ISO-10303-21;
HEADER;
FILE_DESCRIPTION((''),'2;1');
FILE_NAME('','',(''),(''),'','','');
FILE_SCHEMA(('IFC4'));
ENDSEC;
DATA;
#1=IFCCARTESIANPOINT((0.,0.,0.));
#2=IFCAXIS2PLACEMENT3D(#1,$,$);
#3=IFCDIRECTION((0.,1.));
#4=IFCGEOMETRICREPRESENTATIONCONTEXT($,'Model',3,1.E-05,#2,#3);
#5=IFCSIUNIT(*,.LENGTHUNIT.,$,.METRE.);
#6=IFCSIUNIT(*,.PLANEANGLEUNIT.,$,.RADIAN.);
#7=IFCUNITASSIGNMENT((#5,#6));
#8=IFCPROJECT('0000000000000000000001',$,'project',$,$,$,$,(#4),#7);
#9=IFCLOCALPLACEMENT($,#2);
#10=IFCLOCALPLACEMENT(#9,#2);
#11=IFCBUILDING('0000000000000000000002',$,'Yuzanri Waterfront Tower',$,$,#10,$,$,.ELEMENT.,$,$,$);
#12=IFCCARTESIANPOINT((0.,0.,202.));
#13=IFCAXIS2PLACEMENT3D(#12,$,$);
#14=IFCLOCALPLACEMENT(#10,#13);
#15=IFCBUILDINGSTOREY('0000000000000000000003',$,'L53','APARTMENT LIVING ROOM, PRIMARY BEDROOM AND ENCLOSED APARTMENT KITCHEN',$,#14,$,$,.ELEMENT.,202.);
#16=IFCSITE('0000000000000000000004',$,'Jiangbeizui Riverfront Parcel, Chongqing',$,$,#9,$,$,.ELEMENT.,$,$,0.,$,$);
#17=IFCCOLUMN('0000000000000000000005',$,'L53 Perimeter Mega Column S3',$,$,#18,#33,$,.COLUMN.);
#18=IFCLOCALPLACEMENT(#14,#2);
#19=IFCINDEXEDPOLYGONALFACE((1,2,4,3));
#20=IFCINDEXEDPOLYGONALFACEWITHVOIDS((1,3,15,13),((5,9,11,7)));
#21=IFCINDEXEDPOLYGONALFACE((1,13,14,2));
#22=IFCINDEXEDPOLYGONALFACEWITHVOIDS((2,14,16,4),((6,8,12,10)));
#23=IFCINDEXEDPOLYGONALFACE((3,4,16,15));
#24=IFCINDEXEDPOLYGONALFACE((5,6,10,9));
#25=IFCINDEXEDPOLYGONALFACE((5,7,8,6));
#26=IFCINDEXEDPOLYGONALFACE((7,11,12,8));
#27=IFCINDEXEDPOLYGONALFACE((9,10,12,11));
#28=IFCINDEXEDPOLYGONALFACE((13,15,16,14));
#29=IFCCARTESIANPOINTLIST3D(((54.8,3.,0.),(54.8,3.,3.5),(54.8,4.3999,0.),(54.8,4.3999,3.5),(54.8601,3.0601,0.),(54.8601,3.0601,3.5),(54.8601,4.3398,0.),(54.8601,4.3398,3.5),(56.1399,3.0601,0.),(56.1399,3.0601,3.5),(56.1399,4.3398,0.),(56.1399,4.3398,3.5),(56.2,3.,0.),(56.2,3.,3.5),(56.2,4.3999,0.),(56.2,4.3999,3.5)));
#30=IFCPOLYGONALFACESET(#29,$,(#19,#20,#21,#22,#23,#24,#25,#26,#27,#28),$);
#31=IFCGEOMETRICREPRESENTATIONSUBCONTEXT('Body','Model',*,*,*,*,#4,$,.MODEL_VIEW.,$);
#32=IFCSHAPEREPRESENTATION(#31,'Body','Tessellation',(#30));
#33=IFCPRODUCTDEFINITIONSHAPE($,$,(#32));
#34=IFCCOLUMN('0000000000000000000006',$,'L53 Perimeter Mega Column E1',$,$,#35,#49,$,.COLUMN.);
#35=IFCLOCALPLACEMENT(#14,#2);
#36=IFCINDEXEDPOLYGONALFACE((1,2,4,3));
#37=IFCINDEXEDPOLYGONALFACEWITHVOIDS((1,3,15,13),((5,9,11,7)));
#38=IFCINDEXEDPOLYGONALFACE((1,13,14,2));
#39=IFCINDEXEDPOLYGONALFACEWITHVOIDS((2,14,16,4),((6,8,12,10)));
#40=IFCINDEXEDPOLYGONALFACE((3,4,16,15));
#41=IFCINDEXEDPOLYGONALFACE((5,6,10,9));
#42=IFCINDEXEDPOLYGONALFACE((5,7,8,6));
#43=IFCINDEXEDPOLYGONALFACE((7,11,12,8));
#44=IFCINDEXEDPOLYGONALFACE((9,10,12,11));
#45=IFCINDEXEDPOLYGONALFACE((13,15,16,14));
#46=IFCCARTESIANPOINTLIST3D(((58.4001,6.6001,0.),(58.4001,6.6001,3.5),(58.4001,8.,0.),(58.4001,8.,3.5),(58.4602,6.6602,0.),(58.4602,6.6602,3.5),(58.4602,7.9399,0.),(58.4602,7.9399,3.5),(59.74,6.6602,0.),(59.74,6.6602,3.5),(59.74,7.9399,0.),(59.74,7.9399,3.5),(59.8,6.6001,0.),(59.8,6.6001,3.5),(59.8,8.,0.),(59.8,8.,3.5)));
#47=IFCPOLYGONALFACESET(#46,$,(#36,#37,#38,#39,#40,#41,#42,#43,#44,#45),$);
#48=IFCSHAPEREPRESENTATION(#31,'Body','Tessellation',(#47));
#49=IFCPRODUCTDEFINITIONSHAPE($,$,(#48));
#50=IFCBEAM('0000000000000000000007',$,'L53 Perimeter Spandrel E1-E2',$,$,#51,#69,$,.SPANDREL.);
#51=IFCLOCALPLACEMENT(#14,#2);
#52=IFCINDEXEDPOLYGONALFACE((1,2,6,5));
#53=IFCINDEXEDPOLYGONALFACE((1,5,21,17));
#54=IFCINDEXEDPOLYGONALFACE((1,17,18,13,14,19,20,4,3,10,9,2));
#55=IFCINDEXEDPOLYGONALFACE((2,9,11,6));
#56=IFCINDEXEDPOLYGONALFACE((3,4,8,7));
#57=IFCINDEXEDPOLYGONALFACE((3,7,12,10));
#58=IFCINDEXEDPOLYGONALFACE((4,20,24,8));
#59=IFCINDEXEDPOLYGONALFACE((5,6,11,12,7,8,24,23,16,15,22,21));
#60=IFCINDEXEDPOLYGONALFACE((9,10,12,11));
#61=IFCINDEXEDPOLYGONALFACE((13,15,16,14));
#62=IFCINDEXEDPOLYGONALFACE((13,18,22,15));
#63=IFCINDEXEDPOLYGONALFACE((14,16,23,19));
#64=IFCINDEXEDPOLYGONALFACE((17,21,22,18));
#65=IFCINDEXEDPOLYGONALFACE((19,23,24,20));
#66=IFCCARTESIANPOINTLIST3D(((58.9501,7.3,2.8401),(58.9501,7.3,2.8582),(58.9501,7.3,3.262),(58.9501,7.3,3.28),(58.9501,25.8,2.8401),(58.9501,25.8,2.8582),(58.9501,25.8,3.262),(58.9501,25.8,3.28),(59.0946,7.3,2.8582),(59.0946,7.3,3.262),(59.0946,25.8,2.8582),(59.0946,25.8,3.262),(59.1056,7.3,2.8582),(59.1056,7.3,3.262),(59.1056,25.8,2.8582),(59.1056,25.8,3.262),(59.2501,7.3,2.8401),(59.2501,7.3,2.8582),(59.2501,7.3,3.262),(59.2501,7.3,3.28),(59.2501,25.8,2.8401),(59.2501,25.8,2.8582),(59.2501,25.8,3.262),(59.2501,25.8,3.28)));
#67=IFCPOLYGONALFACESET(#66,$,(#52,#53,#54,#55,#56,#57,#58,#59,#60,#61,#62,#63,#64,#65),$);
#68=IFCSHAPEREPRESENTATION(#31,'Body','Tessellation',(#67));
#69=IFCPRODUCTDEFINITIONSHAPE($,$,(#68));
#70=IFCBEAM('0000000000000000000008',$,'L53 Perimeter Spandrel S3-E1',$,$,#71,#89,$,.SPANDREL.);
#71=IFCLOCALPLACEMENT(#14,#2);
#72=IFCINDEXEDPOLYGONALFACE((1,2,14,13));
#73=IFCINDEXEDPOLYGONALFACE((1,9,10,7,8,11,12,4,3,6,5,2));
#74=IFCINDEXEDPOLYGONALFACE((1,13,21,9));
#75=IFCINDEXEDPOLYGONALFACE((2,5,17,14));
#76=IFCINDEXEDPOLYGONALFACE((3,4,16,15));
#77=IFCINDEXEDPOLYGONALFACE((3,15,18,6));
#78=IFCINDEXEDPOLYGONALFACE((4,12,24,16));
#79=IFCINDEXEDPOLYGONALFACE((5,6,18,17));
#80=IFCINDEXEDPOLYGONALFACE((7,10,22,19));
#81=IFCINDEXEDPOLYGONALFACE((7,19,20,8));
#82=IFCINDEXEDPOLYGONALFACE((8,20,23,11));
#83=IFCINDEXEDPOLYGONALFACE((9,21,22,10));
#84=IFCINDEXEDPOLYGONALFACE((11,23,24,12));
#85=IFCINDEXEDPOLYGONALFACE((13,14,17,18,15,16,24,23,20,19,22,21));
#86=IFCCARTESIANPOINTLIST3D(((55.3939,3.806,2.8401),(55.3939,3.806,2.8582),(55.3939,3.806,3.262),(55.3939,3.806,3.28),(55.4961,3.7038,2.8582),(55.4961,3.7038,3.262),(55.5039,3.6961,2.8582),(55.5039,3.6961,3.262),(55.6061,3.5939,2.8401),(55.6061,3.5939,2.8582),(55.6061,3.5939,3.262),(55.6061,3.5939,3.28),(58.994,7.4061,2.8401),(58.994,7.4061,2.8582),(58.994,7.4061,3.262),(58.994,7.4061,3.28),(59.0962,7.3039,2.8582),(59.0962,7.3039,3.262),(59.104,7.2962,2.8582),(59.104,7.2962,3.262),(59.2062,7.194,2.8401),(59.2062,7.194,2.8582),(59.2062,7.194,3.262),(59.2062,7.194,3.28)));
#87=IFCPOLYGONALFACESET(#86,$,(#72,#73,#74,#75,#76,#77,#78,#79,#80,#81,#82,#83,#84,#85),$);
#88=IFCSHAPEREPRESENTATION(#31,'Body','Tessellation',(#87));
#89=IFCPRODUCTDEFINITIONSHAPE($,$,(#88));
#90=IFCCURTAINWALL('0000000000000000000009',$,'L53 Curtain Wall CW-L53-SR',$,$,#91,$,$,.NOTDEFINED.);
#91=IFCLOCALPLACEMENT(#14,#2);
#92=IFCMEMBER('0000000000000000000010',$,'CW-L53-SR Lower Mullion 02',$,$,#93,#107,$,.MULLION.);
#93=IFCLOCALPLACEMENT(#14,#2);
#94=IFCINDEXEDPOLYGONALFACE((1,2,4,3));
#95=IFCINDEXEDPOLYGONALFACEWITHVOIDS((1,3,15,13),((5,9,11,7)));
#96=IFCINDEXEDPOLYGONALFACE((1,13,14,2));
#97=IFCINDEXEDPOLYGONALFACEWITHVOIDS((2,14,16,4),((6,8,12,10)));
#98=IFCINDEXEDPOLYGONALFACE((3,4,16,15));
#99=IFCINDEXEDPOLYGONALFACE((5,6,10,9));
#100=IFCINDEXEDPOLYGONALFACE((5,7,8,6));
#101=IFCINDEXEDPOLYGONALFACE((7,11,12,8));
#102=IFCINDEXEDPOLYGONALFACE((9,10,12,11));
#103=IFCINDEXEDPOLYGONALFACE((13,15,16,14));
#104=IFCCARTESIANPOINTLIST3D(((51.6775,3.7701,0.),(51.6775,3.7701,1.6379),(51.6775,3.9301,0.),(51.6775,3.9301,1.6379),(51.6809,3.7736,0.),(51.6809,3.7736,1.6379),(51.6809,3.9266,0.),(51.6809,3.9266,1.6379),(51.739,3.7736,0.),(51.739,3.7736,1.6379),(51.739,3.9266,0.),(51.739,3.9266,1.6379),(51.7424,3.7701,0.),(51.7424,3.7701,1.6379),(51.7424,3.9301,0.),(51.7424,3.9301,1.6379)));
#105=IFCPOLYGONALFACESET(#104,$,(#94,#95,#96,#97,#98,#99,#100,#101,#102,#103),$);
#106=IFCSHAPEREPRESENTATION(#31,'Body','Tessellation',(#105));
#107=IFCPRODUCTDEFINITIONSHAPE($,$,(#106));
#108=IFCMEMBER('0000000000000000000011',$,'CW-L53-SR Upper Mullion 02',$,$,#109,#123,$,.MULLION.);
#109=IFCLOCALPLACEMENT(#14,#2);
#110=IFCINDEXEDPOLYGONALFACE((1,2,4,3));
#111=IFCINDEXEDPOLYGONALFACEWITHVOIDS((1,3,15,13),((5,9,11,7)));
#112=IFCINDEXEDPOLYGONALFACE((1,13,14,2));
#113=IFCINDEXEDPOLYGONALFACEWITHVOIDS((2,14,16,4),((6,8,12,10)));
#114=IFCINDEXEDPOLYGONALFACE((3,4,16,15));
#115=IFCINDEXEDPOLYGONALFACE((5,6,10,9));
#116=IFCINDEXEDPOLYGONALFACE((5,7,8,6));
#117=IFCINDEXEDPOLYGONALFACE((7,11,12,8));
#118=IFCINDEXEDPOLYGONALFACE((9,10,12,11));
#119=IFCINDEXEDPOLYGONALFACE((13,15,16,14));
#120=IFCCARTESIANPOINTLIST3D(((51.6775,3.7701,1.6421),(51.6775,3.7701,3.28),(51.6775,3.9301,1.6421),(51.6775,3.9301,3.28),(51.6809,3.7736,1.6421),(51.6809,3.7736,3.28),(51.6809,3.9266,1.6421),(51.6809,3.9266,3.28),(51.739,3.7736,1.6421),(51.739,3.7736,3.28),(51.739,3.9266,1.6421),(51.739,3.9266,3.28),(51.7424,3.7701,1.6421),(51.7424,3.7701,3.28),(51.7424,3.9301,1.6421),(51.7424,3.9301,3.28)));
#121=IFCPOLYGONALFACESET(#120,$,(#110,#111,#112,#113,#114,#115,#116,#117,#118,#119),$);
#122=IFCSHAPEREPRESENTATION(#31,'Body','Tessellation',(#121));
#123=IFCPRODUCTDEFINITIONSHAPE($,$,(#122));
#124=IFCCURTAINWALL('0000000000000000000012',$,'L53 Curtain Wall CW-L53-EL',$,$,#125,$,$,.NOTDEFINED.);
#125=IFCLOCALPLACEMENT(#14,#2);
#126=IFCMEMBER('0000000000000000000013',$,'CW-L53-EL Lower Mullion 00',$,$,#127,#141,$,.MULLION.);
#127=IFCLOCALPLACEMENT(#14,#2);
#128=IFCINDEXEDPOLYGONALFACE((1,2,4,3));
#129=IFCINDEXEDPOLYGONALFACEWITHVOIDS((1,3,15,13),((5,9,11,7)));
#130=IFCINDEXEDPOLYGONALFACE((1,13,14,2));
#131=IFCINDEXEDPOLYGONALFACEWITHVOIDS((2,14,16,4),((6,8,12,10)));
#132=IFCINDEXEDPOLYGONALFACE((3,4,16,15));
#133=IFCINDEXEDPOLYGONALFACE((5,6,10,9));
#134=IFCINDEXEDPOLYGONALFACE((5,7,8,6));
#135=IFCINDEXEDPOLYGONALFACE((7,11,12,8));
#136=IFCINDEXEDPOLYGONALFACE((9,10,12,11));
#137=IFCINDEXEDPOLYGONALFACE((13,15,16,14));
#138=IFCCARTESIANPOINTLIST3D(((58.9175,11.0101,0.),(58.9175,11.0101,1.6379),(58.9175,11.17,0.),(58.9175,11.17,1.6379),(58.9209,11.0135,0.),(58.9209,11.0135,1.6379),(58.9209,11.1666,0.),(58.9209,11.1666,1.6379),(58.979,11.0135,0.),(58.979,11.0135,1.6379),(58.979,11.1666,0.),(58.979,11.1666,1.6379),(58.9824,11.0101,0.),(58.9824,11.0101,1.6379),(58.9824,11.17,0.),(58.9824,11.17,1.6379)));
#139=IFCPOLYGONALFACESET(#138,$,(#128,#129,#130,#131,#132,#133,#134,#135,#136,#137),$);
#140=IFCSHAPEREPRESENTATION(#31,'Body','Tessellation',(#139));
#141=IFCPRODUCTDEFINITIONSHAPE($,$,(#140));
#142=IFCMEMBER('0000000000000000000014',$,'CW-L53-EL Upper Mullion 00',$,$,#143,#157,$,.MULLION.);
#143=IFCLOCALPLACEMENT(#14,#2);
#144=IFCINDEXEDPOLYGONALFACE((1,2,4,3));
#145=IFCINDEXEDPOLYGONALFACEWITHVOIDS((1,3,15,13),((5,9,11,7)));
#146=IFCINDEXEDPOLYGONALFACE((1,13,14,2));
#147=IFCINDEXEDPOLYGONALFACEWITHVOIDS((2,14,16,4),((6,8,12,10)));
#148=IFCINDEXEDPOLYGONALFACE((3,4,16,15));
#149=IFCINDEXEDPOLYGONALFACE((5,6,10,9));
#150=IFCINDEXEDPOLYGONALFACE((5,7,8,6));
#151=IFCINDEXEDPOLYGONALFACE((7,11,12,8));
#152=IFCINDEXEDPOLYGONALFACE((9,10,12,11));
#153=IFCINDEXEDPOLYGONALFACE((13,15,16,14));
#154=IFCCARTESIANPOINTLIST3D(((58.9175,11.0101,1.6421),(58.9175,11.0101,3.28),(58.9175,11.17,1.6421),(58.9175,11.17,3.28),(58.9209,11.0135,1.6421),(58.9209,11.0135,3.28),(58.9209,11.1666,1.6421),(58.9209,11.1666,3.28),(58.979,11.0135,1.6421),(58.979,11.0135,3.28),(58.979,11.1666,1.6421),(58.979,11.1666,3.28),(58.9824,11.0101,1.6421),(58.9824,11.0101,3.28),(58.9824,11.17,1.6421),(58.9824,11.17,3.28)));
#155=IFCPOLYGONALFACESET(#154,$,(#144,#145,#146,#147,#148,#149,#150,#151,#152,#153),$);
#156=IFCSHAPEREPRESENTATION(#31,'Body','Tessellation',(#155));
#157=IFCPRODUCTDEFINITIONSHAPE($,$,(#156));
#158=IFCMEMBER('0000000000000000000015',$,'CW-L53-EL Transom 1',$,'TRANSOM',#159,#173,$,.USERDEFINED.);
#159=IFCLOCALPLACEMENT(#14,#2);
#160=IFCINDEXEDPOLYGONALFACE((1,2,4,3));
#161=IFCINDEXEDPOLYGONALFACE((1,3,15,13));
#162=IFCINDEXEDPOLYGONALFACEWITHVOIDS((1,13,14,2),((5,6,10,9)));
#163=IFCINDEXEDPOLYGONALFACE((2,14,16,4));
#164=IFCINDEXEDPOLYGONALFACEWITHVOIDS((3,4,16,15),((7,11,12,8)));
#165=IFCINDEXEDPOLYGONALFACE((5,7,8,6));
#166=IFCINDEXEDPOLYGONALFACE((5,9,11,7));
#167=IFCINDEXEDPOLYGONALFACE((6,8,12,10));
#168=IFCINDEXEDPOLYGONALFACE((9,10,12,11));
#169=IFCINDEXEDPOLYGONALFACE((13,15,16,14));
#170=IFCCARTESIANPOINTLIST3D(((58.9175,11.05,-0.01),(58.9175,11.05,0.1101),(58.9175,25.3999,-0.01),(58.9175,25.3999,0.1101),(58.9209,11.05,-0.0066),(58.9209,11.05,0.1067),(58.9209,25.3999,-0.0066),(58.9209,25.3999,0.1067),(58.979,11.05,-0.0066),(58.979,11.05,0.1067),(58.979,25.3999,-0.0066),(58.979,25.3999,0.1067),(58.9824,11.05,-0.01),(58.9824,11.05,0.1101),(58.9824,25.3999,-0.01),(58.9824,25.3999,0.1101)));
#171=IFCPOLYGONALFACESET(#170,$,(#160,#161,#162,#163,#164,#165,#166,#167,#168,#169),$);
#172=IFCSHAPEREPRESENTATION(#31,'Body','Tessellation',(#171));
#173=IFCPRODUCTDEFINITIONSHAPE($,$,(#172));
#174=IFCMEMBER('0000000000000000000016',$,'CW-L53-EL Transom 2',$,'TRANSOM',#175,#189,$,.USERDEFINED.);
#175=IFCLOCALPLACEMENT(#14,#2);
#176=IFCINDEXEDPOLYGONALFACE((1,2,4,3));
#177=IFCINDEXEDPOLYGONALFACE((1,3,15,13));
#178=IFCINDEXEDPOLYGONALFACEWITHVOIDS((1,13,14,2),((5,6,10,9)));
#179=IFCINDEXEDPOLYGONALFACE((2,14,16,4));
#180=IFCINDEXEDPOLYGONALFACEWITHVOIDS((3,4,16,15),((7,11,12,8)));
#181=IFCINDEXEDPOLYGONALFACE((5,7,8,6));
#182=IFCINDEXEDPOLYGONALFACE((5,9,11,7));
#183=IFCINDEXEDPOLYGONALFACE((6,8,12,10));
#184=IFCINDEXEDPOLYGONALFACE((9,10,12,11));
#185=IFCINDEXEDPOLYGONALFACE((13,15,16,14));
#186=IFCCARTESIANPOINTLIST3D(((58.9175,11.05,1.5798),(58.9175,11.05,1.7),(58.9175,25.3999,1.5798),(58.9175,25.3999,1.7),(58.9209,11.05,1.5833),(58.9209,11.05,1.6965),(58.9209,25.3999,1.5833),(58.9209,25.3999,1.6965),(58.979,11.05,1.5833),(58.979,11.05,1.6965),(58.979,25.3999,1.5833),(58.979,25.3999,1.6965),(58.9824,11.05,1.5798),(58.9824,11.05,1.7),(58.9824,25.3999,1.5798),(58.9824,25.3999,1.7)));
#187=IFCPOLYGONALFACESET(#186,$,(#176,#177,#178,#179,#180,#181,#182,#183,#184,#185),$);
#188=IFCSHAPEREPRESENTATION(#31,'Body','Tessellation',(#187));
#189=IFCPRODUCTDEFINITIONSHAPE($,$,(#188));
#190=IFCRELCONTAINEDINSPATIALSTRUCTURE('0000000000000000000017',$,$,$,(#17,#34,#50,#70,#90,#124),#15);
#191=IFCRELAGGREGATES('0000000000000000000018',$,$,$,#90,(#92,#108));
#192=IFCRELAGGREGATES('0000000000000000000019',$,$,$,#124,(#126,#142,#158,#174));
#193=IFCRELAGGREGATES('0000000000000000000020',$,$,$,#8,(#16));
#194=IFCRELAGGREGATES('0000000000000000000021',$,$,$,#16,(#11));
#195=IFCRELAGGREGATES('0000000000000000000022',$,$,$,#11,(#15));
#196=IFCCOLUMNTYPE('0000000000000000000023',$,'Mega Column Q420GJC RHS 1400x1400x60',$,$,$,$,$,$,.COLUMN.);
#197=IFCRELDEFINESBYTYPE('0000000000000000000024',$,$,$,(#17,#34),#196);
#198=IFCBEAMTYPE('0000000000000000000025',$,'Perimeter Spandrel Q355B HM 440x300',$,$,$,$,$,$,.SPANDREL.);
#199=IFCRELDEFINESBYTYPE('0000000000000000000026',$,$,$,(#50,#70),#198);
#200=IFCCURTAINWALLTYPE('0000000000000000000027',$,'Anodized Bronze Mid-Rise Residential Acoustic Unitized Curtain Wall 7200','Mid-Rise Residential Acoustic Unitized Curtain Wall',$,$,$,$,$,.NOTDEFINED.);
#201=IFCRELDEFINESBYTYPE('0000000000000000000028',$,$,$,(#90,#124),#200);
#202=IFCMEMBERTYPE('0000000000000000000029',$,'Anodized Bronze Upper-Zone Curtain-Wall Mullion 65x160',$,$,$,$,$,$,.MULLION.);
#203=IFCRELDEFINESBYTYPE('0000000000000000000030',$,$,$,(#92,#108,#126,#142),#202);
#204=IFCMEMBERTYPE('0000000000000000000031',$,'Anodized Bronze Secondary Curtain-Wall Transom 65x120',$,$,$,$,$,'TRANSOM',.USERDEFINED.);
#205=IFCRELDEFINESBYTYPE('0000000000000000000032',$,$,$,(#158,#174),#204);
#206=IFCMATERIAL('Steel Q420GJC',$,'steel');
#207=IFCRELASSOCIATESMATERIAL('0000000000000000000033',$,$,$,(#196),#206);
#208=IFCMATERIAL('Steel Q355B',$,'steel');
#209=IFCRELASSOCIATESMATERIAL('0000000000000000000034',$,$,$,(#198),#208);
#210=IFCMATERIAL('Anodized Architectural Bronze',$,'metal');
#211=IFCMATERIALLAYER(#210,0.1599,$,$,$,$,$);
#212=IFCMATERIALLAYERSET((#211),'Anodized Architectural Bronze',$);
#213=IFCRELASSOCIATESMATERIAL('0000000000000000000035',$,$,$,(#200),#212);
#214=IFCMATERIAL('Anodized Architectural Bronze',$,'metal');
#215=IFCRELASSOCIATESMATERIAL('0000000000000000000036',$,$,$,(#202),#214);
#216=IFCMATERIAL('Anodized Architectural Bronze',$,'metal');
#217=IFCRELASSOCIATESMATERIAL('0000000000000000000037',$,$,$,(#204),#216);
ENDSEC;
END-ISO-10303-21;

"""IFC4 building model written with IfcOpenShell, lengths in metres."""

from ifc_helpers import new_model, si_unit, direction, frame, origin, origin_2d, place, context, subcontext, project, spatial, hollow_rectangle, i_section, extrude, source, transform, mapped, material, layer, layer_set, material_profile, profile_set, type_object, element, aggregate, save


model = new_model("IFC4")

# Units and contexts
model_context = context("Model", 3, precision=1e-05, world=origin(), true_north=direction((0.0, 1.0)))
body_context = subcontext(model_context, "Body", "Model", "MODEL_VIEW")
ifc_project = project(units=[si_unit("LENGTHUNIT", "METRE"), si_unit("PLANEANGLEUNIT", "RADIAN")], contexts=[model_context])

# Site, building, storey
site_placement = place(None, origin())
site = spatial("IfcSite", under=ifc_project, at=site_placement, Name="Jiangbeizui Riverfront Parcel, Chongqing", CompositionType="ELEMENT", RefElevation=0.0)
building_placement = place(site_placement, origin())
building = spatial("IfcBuilding", under=site, at=building_placement, Name="Yuzanri Waterfront Tower", CompositionType="ELEMENT")
storey_placement = place(building_placement, frame((0.0, 0.0, 202.0)))
storey = spatial("IfcBuildingStorey", under=building, at=storey_placement, Name="L53", Description="APARTMENT LIVING ROOM, PRIMARY BEDROOM AND ENCLOSED APARTMENT KITCHEN", CompositionType="ELEMENT", Elevation=202.0)

# Columns
ifc_material_1 = material(Name="Steel Q420GJC", Category="steel")
ifc_material_profile_1 = material_profile(ifc_material_1, hollow_rectangle(XDim=1.3999, YDim=1.3999, WallThickness=0.0601, at=origin_2d()), Name="RHS 1400x1400x60")
ifc_profile_set_1 = profile_set([ifc_material_profile_1], Name="Steel Q420GJC")
column_type = type_object("IfcColumnType", Name="Mega Column Q420GJC RHS 1400x1400x60", PredefinedType="COLUMN", material=ifc_profile_set_1)
shared_shape_1 = source(origin(), body_context, "Body", "SweptSolid", [
    extrude(hollow_rectangle(XDim=1.3999, YDim=1.3999, WallThickness=0.0601, at=origin_2d()), origin(), (0.0, 0.0, 1.0), 3.5),
])
for number, where, z_axis, x_axis, name in (
    (1, (55.5, 3.7, 0.0), (0.0, 0.0, 1.0), (1.0, 0.0, 0.0), "L53 Perimeter Mega Column S3"),
    (2, (59.1001, 7.3, 0.0), (0.0, 0.0, 1.0), (1.0, 0.0, 0.0), "L53 Perimeter Mega Column E1"),
):
    element("IfcColumn", number, at=place(storey_placement, frame(where, z_axis=z_axis, x_axis=x_axis)), inside=storey, type_object=column_type, Name=name, PredefinedType="COLUMN", context=body_context, shape_type="MappedRepresentation", body=[
        mapped(shared_shape_1, transform((0.0, 0.0, 0.0), scale=1.0)),
    ])

# Beams
ifc_material_2 = material(Name="Steel Q355B", Category="steel")
ifc_material_profile_2 = material_profile(ifc_material_2, i_section(OverallWidth=0.3, OverallDepth=0.4399, WebThickness=0.011, FlangeThickness=0.0181, at=origin_2d()), Name="HM 440x300x11x18")
ifc_profile_set_2 = profile_set([ifc_material_profile_2], Name="Steel Q355B")
beam_type = type_object("IfcBeamType", Name="Perimeter Spandrel Q355B HM 440x300", PredefinedType="SPANDREL", material=ifc_profile_set_2)
shared_shape_2 = source(origin(), body_context, "Body", "SweptSolid", [
    extrude(i_section(OverallWidth=0.3, OverallDepth=0.4399, WebThickness=0.011, FlangeThickness=0.0181, at=origin_2d()), origin(), (0.0, 0.0, 1.0), 18.5),
])
beam_1_placement = place(storey_placement, frame((59.1001, 7.3, 3.0601), z_axis=(0.0, 1.0, 0.0), x_axis=(-1.0, 0.0, 0.0)))
element("IfcBeam", 3, at=beam_1_placement, inside=storey, type_object=beam_type, Name="L53 Perimeter Spandrel E1-E2", PredefinedType="SPANDREL", context=body_context, shape_type="MappedRepresentation", body=[
    mapped(shared_shape_2, transform((0.0, 0.0, 0.0), scale=1.0)),
])
shared_shape_3 = source(origin(), body_context, "Body", "SweptSolid", [
    extrude(i_section(OverallWidth=0.3, OverallDepth=0.4399, WebThickness=0.011, FlangeThickness=0.0181, at=origin_2d()), origin(), (0.0, 0.0, 1.0), 5.0913),
])
beam_2_placement = place(storey_placement, frame((55.5, 3.7, 3.0601), z_axis=(0.707107, 0.707107, 0.0), x_axis=(-0.707107, 0.707107, 0.0)))
element("IfcBeam", 4, at=beam_2_placement, inside=storey, type_object=beam_type, Name="L53 Perimeter Spandrel S3-E1", PredefinedType="SPANDREL", context=body_context, shape_type="MappedRepresentation", body=[
    mapped(shared_shape_3, transform((0.0, 0.0, 0.0), scale=1.0)),
])

# Curtain walls, members
ifc_material_3 = material(Name="Anodized Architectural Bronze", Category="metal")
ifc_layer_1 = layer(ifc_material_3, 0.1599)
ifc_layer_set_1 = layer_set([ifc_layer_1], Name="Anodized Architectural Bronze")
curtain_wall_type = type_object("IfcCurtainWallType", Name="Anodized Bronze Mid-Rise Residential Acoustic Unitized Curtain Wall 7200", Description="Mid-Rise Residential Acoustic Unitized Curtain Wall", PredefinedType="NOTDEFINED", material=ifc_layer_set_1)
curtain_wall_1_placement = place(storey_placement, origin())
curtain_wall_1 = element("IfcCurtainWall", 5, at=curtain_wall_1_placement, inside=storey, type_object=curtain_wall_type, Name="L53 Curtain Wall CW-L53-SR", PredefinedType="NOTDEFINED")
ifc_material_4 = material(Name="Anodized Architectural Bronze", Category="metal")
ifc_material_profile_3 = material_profile(ifc_material_4, hollow_rectangle(XDim=0.0649, YDim=0.1599, WallThickness=0.0034, at=origin_2d()), Name="CWM 65x160")
ifc_profile_set_3 = profile_set([ifc_material_profile_3], Name="Anodized Architectural Bronze")
member_type_1 = type_object("IfcMemberType", Name="Anodized Bronze Upper-Zone Curtain-Wall Mullion 65x160", PredefinedType="MULLION", material=ifc_profile_set_3)
shared_shape_4 = source(origin(), body_context, "Body", "SweptSolid", [
    extrude(hollow_rectangle(XDim=0.0649, YDim=0.1599, WallThickness=0.0034, at=origin_2d()), origin(), (0.0, 0.0, 1.0), 1.6379),
])
member_1_placement = place(storey_placement, frame((51.71, 3.8501, 0.0), z_axis=(0.0, 0.0, 1.0), x_axis=(1.0, 0.0, 0.0)))
member_1 = element("IfcMember", 6, at=member_1_placement, type_object=member_type_1, Name="CW-L53-SR Lower Mullion 02", PredefinedType="MULLION", context=body_context, shape_type="MappedRepresentation", body=[
    mapped(shared_shape_4, transform((0.0, 0.0, 0.0), scale=1.0)),
])
member_2_placement = place(storey_placement, frame((51.71, 3.8501, 1.6421), z_axis=(0.0, 0.0, 1.0), x_axis=(1.0, 0.0, 0.0)))
member_2 = element("IfcMember", 7, at=member_2_placement, type_object=member_type_1, Name="CW-L53-SR Upper Mullion 02", PredefinedType="MULLION", context=body_context, shape_type="MappedRepresentation", body=[
    mapped(shared_shape_4, transform((0.0, 0.0, 0.0), scale=1.0)),
])
aggregate(curtain_wall_1, [member_1, member_2])
curtain_wall_2_placement = place(storey_placement, origin())
curtain_wall_2 = element("IfcCurtainWall", 8, at=curtain_wall_2_placement, inside=storey, type_object=curtain_wall_type, Name="L53 Curtain Wall CW-L53-EL", PredefinedType="NOTDEFINED")
member_3_placement = place(storey_placement, frame((58.95, 11.0901, 0.0), z_axis=(0.0, 0.0, 1.0), x_axis=(1.0, 0.0, 0.0)))
member_3 = element("IfcMember", 9, at=member_3_placement, type_object=member_type_1, Name="CW-L53-EL Lower Mullion 00", PredefinedType="MULLION", context=body_context, shape_type="MappedRepresentation", body=[
    mapped(shared_shape_4, transform((0.0, 0.0, 0.0), scale=1.0)),
])
member_4_placement = place(storey_placement, frame((58.95, 11.0901, 1.6421), z_axis=(0.0, 0.0, 1.0), x_axis=(1.0, 0.0, 0.0)))
member_4 = element("IfcMember", 10, at=member_4_placement, type_object=member_type_1, Name="CW-L53-EL Upper Mullion 00", PredefinedType="MULLION", context=body_context, shape_type="MappedRepresentation", body=[
    mapped(shared_shape_4, transform((0.0, 0.0, 0.0), scale=1.0)),
])
ifc_material_5 = material(Name="Anodized Architectural Bronze", Category="metal")
ifc_material_profile_4 = material_profile(ifc_material_5, hollow_rectangle(XDim=0.0649, YDim=0.1201, WallThickness=0.0034, at=origin_2d()), Name="CWT 65x120")
ifc_profile_set_4 = profile_set([ifc_material_profile_4], Name="Anodized Architectural Bronze")
member_type_2 = type_object("IfcMemberType", Name="Anodized Bronze Secondary Curtain-Wall Transom 65x120", ElementType="TRANSOM", PredefinedType="USERDEFINED", material=ifc_profile_set_4)
shared_shape_5 = source(origin(), body_context, "Body", "SweptSolid", [
    extrude(hollow_rectangle(XDim=0.0649, YDim=0.1201, WallThickness=0.0034, at=origin_2d()), origin(), (0.0, 0.0, 1.0), 14.3499),
])
member_5_placement = place(storey_placement, frame((58.95, 11.05, 0.05), z_axis=(0.0, 1.0, 0.0), x_axis=(-1.0, 0.0, 0.0)))
member_5 = element("IfcMember", 11, at=member_5_placement, type_object=member_type_2, Name="CW-L53-EL Transom 1", ObjectType="TRANSOM", PredefinedType="USERDEFINED", context=body_context, shape_type="MappedRepresentation", body=[
    mapped(shared_shape_5, transform((0.0, 0.0, 0.0), scale=1.0)),
])
member_6_placement = place(storey_placement, frame((58.95, 11.05, 1.6399), z_axis=(0.0, 1.0, 0.0), x_axis=(-1.0, 0.0, 0.0)))
member_6 = element("IfcMember", 12, at=member_6_placement, type_object=member_type_2, Name="CW-L53-EL Transom 2", ObjectType="TRANSOM", PredefinedType="USERDEFINED", context=body_context, shape_type="MappedRepresentation", body=[
    mapped(shared_shape_5, transform((0.0, 0.0, 0.0), scale=1.0)),
])
aggregate(curtain_wall_2, [member_3, member_4, member_5, member_6])

save(model, "model.ifc")
